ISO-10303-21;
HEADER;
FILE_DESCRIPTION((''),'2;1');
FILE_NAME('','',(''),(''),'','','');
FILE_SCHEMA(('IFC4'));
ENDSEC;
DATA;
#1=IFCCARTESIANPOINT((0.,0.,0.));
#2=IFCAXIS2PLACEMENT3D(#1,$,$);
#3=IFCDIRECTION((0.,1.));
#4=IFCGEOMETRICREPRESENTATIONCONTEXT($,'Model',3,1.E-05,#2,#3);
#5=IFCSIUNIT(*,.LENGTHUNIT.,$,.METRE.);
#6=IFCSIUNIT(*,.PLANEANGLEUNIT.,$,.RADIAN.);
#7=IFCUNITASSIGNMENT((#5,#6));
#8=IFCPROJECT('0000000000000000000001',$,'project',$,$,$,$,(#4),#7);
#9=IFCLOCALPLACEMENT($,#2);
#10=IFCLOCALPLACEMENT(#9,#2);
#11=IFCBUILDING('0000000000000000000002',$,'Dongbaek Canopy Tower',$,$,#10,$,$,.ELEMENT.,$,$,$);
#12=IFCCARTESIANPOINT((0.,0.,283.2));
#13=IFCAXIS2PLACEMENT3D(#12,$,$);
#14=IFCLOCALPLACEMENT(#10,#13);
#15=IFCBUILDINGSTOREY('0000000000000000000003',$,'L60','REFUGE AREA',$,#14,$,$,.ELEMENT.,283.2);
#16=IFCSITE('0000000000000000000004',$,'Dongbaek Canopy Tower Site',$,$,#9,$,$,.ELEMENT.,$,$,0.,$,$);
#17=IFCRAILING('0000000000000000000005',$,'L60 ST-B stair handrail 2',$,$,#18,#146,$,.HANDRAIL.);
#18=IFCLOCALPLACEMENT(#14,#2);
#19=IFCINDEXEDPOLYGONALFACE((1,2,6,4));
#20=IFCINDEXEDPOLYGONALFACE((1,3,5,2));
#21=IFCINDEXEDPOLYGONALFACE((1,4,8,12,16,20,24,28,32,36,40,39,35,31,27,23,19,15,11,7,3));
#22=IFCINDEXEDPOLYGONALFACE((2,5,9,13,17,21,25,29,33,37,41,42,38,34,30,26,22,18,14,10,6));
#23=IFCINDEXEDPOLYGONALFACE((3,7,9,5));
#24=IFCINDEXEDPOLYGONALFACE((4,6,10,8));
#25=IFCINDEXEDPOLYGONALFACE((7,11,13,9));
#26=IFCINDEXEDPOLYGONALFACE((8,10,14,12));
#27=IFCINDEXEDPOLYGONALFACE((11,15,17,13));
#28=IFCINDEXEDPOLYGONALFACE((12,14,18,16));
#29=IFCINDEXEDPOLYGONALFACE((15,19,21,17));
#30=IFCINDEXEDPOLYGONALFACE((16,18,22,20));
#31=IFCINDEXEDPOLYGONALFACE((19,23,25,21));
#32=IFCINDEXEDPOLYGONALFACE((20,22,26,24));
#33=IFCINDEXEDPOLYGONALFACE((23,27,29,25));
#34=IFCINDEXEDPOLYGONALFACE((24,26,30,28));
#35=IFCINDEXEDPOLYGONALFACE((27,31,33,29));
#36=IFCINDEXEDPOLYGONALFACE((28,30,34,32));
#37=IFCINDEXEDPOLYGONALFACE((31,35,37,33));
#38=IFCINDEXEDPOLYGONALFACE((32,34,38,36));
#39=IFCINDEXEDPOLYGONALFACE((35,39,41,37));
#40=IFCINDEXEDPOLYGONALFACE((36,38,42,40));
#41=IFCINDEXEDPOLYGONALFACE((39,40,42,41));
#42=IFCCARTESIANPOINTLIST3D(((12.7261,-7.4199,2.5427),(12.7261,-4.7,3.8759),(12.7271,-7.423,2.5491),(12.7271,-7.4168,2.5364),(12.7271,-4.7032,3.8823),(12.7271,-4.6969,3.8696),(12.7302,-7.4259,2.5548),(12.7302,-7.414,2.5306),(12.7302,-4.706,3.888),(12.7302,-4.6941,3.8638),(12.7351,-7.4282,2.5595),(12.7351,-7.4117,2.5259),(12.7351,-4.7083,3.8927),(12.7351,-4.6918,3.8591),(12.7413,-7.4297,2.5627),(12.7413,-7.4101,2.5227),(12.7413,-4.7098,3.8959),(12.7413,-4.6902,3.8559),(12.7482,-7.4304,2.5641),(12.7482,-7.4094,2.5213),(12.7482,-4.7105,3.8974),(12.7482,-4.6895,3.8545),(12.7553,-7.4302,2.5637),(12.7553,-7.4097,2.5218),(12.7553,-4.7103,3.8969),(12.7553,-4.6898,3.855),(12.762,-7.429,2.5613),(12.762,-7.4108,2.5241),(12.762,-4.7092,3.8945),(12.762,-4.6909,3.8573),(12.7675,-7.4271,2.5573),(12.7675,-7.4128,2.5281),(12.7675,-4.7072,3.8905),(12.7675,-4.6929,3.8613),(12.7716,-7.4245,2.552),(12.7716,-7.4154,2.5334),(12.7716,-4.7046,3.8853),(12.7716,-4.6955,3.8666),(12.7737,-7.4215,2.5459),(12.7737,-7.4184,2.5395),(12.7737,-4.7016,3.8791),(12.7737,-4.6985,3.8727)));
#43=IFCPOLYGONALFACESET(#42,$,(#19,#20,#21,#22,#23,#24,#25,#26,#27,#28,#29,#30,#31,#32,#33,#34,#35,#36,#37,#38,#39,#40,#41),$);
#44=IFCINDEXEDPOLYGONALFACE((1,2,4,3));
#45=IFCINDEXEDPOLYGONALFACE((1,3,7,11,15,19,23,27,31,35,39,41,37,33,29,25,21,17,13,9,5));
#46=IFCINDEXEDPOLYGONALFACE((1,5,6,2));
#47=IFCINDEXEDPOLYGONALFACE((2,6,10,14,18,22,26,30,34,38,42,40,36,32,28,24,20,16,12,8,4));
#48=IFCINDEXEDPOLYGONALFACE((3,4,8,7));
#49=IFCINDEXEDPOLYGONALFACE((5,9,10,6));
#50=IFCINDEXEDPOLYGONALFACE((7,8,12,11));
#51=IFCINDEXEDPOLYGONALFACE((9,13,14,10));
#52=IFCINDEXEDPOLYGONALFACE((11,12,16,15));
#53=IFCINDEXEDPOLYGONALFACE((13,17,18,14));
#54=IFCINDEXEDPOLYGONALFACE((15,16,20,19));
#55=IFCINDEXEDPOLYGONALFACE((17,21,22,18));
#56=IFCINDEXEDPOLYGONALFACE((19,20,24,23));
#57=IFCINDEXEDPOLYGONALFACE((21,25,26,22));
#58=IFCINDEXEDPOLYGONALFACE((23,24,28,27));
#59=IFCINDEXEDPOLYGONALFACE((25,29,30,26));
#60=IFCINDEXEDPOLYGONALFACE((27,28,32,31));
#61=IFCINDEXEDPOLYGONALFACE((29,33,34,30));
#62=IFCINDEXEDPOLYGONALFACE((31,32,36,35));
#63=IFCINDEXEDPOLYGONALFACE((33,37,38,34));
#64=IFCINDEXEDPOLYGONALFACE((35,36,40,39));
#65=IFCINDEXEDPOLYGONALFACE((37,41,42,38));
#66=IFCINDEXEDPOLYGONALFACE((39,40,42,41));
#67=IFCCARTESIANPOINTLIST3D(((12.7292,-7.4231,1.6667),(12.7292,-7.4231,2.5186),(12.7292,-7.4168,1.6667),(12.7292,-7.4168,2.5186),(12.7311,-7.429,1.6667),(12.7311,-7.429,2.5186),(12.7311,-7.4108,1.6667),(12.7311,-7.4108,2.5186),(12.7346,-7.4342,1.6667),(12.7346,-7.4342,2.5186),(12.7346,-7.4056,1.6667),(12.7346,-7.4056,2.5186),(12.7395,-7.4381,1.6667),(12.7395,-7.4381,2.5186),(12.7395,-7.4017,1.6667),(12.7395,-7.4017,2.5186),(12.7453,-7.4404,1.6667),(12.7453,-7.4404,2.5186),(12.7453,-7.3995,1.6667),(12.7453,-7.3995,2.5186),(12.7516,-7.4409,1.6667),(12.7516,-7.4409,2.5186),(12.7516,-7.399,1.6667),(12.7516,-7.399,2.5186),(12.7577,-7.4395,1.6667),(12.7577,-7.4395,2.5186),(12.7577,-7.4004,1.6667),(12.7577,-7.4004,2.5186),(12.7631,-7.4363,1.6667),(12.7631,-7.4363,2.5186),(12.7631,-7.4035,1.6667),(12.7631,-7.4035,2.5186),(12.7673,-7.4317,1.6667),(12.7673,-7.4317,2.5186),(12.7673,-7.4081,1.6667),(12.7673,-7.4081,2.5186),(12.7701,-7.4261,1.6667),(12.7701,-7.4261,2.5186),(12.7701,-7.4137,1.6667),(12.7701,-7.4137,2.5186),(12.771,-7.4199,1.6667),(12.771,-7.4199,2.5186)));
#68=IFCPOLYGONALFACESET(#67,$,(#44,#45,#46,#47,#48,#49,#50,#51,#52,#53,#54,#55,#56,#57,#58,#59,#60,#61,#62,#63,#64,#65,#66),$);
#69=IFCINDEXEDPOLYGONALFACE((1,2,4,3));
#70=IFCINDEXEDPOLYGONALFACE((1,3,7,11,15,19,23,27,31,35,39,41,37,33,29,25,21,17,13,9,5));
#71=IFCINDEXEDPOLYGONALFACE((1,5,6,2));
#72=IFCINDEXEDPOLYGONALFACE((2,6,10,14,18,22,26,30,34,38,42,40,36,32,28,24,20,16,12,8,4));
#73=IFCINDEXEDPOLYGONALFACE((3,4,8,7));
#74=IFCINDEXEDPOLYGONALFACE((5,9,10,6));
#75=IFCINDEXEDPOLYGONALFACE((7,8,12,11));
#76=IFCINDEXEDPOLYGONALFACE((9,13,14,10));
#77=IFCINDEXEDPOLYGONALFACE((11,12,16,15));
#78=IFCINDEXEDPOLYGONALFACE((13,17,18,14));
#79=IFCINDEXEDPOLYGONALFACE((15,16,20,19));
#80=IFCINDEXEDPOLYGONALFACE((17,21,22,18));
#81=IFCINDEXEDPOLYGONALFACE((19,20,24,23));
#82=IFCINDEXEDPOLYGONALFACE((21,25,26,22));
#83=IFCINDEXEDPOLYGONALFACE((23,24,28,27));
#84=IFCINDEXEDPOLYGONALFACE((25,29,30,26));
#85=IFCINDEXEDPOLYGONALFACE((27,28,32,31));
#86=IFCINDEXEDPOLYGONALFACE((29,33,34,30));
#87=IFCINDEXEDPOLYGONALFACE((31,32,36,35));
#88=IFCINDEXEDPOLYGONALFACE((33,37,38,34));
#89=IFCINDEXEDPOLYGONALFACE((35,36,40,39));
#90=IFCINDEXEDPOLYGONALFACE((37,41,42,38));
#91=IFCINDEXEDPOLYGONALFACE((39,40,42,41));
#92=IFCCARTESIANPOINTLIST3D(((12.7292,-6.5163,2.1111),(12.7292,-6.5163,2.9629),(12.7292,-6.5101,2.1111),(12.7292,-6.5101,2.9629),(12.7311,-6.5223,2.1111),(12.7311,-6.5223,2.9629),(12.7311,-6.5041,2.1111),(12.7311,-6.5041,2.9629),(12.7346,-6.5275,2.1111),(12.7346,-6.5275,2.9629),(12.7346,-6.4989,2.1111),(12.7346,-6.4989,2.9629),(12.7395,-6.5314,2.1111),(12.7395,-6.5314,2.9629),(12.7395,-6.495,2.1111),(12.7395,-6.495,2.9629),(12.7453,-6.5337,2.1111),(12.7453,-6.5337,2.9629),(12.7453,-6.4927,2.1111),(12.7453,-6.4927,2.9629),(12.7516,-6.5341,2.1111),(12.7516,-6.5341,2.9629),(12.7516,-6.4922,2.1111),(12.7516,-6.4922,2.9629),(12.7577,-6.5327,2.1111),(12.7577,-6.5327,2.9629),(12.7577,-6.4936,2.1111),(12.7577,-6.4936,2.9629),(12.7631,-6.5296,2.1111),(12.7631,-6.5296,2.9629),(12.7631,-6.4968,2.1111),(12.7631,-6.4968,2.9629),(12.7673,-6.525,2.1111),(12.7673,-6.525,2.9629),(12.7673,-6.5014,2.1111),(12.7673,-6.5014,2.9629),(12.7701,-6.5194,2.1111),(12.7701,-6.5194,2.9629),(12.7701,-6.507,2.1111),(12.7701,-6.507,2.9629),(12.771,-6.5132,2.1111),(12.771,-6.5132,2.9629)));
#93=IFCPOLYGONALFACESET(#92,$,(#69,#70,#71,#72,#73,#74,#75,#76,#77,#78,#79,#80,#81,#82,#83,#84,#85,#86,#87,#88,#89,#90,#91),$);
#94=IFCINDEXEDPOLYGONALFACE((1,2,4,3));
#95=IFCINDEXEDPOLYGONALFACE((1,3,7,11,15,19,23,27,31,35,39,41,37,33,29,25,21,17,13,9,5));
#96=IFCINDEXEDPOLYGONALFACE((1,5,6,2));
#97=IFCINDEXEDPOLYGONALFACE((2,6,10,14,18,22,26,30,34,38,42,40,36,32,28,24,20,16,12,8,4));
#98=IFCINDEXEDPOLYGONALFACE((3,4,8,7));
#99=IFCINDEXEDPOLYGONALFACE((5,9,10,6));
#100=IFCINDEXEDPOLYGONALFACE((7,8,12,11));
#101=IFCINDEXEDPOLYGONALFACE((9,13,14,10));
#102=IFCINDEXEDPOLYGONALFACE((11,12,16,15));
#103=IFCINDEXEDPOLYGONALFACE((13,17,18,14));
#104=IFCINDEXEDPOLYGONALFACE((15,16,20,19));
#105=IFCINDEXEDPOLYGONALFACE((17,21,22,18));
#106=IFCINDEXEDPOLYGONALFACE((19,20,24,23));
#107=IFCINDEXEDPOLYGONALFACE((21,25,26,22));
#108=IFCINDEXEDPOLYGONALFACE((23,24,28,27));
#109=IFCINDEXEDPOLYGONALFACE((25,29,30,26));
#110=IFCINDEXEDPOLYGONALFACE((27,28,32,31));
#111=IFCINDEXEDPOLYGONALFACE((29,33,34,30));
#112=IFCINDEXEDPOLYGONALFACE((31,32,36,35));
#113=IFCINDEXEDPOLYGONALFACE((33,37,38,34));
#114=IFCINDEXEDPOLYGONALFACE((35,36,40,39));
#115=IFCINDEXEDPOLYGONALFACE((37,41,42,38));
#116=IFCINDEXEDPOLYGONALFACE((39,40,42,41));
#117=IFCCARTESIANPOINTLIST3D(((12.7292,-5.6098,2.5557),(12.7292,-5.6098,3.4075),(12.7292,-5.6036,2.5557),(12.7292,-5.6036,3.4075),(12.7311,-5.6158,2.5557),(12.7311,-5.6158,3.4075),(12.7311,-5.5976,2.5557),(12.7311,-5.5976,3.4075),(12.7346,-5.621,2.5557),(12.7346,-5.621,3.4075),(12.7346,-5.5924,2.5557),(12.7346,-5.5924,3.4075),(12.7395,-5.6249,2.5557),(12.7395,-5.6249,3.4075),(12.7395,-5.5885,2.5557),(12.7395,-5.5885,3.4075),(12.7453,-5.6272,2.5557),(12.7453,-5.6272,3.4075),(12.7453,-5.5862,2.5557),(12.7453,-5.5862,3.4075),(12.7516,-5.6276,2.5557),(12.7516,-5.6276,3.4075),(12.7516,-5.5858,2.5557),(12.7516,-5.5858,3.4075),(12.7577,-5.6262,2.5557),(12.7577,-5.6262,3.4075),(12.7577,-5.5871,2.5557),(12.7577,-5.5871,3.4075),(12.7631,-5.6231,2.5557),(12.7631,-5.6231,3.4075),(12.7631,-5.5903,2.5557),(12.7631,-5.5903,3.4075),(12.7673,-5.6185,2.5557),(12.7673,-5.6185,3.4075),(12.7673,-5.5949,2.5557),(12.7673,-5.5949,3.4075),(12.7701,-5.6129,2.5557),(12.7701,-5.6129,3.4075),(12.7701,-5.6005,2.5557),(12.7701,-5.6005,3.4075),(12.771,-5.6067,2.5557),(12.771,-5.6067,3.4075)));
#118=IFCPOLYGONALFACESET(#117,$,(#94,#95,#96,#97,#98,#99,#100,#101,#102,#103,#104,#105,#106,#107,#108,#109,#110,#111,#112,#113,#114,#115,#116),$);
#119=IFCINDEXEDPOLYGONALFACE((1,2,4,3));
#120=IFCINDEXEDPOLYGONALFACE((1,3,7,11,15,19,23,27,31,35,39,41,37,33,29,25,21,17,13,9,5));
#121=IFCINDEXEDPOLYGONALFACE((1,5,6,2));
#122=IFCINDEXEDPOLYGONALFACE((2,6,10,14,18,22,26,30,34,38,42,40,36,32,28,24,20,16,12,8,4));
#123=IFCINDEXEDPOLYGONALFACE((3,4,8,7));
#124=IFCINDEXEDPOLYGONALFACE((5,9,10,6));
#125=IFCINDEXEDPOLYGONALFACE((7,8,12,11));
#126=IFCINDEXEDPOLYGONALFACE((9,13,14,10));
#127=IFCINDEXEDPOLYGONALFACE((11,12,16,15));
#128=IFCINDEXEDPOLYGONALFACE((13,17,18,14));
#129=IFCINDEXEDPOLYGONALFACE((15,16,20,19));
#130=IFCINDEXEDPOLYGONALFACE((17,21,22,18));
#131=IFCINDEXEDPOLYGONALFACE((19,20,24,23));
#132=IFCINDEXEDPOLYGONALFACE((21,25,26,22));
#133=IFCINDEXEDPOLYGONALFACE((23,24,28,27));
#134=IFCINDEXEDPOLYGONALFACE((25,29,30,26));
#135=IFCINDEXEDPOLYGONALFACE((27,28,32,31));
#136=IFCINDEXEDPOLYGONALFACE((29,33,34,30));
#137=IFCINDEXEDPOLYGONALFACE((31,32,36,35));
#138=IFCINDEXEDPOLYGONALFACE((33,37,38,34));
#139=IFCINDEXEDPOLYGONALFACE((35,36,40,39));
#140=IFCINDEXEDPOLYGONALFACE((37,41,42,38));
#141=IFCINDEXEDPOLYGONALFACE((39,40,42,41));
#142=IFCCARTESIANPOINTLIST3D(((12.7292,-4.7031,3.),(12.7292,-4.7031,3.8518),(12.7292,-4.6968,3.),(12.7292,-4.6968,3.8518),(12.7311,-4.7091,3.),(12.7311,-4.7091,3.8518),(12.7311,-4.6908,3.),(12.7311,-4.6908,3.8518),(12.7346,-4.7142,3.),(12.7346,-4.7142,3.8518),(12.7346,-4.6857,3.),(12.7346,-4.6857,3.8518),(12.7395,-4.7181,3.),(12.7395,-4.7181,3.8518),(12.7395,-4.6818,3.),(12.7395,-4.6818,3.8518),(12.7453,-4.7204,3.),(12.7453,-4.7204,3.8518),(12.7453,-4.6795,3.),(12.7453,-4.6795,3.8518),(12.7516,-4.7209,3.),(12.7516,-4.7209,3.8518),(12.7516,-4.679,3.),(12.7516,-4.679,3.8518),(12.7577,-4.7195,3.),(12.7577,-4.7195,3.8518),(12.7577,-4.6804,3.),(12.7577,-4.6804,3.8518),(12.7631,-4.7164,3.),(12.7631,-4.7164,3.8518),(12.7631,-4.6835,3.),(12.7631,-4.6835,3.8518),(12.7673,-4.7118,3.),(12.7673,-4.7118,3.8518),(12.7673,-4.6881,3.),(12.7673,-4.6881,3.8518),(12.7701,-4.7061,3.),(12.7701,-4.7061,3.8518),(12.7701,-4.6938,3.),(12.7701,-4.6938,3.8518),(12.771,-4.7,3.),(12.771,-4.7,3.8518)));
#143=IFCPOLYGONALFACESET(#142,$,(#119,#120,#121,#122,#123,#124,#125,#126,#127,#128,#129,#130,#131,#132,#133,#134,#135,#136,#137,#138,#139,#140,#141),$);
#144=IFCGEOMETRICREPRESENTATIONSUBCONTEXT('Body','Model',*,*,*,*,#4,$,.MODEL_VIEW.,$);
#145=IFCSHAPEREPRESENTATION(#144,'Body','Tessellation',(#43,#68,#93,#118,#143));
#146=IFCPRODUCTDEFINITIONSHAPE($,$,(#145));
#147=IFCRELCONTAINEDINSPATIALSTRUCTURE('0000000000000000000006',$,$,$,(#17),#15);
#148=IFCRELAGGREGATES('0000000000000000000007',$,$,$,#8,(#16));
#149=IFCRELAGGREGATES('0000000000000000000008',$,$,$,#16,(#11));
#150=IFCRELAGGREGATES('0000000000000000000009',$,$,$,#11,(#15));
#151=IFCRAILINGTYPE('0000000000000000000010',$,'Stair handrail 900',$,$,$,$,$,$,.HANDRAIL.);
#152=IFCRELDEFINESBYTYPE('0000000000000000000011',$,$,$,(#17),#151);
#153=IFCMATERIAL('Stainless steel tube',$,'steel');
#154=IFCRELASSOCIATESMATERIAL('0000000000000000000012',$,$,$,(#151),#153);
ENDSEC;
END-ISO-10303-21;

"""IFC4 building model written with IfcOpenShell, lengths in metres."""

from ifc_helpers import new_model, si_unit, direction, frame, origin, origin_2d, place, context, subcontext, project, spatial, circle, extrude, material, type_object, element, save


model = new_model("IFC4")

# Units and contexts
model_context = context("Model", 3, precision=1e-05, world=origin(), true_north=direction((0.0, 1.0)))
body_context = subcontext(model_context, "Body", "Model", "MODEL_VIEW")
ifc_project = project(units=[si_unit("LENGTHUNIT", "METRE"), si_unit("PLANEANGLEUNIT", "RADIAN")], contexts=[model_context])

# Site, building, storey
site_placement = place(None, origin())
site = spatial("IfcSite", under=ifc_project, at=site_placement, Name="Dongbaek Canopy Tower Site", CompositionType="ELEMENT", RefElevation=0.0)
building_placement = place(site_placement, origin())
building = spatial("IfcBuilding", under=site, at=building_placement, Name="Dongbaek Canopy Tower", CompositionType="ELEMENT")
storey_placement = place(building_placement, frame((0.0, 0.0, 283.2)))
storey = spatial("IfcBuildingStorey", under=building, at=storey_placement, Name="L60", Description="REFUGE AREA", CompositionType="ELEMENT", Elevation=283.2)

# Railing
ifc_material_1 = material(Name="Stainless steel tube", Category="steel")
railing_type_1 = type_object("IfcRailingType", Name="Stair handrail 900", PredefinedType="HANDRAIL", material=ifc_material_1)
railing_1_placement = place(storey_placement, frame((12.75, -7.4199, 1.6667)))
element("IfcRailing", 1, at=railing_1_placement, inside=storey, type_object=railing_type_1, Name="L60 ST-B stair handrail 2", PredefinedType="HANDRAIL", context=body_context, shape_type="SweptSolid", body=[
    extrude(circle(Radius=0.0239, at=origin_2d()), frame((0.0, 0.0, 0.876), z_axis=(0.0, 0.897929, 0.440139), x_axis=(-1.0, 0.0, 0.0)), (0.0, 0.0, 1.0), 3.0291),
    extrude(circle(Radius=0.021, at=origin_2d()), origin(), (0.0, 0.0, 1.0), 0.8518),
    extrude(circle(Radius=0.021, at=origin_2d()), frame((0.0, 0.9067, 0.4443)), (0.0, 0.0, 1.0), 0.8518),
    extrude(circle(Radius=0.021, at=origin_2d()), frame((0.0, 1.8132, 0.8889)), (0.0, 0.0, 1.0), 0.8518),
    extrude(circle(Radius=0.021, at=origin_2d()), frame((0.0, 2.72, 1.3333)), (0.0, 0.0, 1.0), 0.8518),
])

save(model, "model.ifc")
